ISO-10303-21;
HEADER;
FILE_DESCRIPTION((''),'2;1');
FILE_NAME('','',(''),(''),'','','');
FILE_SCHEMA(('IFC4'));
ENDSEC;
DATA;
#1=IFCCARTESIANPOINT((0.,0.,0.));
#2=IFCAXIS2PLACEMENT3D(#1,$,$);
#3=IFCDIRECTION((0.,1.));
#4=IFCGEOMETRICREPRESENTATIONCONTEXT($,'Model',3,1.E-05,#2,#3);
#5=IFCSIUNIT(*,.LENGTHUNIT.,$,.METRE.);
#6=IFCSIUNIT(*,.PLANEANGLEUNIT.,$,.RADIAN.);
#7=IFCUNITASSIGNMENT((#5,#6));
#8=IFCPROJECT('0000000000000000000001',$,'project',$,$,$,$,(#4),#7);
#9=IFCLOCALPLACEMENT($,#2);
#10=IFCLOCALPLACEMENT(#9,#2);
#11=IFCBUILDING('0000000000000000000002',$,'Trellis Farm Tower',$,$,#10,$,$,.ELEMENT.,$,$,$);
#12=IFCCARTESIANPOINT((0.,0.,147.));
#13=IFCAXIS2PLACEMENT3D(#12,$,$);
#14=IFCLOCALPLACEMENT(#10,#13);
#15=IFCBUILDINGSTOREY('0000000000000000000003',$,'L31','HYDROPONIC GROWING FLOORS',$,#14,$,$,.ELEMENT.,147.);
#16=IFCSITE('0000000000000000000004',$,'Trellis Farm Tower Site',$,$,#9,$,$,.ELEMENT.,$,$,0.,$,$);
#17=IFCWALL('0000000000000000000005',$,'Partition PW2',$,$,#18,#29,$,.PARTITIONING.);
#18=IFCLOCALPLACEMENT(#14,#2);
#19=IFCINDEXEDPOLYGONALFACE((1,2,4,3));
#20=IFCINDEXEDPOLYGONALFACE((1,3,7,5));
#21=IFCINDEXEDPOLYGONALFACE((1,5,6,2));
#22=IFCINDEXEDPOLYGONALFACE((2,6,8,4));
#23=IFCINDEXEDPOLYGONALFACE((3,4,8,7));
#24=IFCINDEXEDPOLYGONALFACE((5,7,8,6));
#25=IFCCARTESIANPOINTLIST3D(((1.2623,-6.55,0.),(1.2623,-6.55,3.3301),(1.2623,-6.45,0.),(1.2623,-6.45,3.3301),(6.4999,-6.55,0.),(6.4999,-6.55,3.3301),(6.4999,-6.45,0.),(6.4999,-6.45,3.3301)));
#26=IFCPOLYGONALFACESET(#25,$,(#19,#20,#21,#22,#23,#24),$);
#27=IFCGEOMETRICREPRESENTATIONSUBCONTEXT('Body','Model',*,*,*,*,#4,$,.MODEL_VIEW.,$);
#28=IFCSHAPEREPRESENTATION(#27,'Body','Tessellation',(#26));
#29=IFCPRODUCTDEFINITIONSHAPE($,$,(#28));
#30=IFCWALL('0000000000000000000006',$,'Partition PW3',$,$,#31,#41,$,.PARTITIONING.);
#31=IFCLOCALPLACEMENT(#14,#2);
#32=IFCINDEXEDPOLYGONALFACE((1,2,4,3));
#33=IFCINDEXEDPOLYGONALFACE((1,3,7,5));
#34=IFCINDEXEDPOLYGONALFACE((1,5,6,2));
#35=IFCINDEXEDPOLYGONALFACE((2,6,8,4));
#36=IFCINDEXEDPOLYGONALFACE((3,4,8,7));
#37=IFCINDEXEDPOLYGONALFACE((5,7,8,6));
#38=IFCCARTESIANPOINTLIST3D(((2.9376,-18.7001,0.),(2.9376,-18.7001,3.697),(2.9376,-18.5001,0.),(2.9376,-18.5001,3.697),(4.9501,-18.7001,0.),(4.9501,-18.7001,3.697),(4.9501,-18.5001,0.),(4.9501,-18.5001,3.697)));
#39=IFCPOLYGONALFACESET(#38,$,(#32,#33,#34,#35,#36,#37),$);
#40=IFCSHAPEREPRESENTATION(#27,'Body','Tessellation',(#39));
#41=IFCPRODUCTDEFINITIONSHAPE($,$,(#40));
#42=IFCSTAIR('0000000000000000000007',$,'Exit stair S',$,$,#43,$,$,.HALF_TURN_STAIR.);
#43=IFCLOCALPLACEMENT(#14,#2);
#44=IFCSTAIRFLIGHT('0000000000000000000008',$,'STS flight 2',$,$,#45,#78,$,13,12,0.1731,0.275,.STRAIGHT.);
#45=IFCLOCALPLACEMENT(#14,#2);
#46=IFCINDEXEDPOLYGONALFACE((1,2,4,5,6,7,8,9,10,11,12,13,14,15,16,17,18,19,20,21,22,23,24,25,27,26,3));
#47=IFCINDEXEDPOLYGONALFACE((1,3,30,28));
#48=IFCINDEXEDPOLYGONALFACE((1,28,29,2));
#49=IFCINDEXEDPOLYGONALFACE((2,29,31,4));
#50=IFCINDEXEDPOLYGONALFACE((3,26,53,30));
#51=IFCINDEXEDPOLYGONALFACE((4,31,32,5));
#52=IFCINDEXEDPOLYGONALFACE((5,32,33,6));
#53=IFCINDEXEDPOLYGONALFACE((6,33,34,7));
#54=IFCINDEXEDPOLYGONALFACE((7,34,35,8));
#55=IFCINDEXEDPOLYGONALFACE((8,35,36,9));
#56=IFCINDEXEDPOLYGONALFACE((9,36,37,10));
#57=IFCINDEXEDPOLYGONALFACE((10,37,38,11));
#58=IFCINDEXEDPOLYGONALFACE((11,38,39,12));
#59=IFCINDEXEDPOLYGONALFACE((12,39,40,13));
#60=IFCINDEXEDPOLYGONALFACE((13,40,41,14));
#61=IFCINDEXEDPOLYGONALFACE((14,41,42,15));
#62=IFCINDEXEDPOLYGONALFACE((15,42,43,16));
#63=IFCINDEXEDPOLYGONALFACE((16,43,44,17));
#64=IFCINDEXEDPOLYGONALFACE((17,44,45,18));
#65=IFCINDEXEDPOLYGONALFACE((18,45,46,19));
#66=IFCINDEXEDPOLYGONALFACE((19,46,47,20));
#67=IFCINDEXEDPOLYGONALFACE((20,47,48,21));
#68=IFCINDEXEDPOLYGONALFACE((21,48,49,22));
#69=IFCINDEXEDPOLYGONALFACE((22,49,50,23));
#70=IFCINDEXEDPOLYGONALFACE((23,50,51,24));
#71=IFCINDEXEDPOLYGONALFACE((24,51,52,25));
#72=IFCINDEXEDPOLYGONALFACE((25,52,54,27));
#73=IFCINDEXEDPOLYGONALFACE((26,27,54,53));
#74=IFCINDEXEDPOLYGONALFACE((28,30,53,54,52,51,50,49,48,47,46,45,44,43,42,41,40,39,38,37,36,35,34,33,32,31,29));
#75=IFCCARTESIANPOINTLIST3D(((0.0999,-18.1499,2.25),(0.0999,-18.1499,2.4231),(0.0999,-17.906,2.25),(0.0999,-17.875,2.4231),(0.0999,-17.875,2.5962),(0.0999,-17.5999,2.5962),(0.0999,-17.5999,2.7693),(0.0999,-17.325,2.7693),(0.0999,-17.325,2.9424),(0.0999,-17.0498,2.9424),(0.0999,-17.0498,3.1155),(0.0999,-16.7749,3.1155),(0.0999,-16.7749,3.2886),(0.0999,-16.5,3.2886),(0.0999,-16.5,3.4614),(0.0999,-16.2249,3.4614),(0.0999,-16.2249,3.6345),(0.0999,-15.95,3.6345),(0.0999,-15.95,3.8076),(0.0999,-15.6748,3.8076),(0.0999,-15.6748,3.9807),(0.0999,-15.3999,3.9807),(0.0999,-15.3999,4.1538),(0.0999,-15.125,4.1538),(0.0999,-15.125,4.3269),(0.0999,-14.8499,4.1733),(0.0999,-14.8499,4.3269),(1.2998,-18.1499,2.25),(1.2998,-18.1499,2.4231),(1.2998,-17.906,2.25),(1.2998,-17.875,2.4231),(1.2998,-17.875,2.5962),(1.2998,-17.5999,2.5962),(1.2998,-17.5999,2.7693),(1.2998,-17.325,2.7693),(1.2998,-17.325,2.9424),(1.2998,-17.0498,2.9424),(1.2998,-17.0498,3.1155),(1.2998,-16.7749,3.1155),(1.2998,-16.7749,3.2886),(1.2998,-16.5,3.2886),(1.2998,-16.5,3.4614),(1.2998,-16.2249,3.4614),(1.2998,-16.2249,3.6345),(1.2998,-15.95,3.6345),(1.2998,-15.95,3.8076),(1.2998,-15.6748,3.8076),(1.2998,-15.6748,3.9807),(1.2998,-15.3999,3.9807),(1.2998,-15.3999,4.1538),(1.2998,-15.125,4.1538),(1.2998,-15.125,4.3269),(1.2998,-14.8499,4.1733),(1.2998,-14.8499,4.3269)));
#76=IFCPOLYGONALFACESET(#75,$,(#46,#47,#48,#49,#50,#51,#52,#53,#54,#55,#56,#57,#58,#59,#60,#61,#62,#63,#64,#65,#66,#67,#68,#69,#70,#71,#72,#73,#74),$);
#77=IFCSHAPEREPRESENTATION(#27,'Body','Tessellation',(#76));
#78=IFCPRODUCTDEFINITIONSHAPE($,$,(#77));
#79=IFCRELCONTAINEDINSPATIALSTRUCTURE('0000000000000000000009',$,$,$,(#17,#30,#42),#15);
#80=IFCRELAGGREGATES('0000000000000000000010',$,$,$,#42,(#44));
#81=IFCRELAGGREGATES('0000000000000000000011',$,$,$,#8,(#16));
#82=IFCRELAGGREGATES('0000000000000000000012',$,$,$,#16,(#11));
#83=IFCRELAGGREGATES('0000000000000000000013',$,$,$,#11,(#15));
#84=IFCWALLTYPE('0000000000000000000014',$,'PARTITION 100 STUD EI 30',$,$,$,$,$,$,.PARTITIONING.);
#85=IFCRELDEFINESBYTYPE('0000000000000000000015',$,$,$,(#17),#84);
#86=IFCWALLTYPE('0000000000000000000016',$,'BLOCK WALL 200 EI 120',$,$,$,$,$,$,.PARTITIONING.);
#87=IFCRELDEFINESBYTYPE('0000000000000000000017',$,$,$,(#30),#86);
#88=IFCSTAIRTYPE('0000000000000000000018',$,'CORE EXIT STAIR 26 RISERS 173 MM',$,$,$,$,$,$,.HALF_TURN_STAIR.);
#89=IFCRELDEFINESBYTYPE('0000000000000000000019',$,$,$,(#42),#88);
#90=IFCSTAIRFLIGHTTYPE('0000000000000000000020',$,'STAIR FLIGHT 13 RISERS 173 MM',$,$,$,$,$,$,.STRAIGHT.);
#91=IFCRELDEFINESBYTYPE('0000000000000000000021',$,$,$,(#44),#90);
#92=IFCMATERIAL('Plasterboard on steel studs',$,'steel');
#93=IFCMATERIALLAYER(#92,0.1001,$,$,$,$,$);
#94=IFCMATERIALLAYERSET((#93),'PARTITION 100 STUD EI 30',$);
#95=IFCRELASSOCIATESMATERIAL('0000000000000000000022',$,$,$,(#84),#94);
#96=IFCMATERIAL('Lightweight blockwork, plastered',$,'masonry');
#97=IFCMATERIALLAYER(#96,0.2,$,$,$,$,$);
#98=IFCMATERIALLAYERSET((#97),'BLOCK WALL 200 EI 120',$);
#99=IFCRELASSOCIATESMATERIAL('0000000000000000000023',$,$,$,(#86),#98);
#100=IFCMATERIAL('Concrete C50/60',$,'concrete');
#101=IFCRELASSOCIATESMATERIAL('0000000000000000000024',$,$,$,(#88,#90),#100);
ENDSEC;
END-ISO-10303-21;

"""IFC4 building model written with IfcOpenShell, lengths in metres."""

from ifc_helpers import new_model, si_unit, direction, frame, frame_2d, origin, place, context, subcontext, project, spatial, polyline, rectangle, outline, extrude, source, transform, mapped, material, layer, layer_set, type_object, element, aggregate, save


model = new_model("IFC4")

# Units and contexts
model_context = context("Model", 3, precision=1e-05, world=origin(), true_north=direction((0.0, 1.0)))
body_context = subcontext(model_context, "Body", "Model", "MODEL_VIEW")
ifc_project = project(units=[si_unit("LENGTHUNIT", "METRE"), si_unit("PLANEANGLEUNIT", "RADIAN")], contexts=[model_context])

# Site, building, storey
site_placement = place(None, origin())
site = spatial("IfcSite", under=ifc_project, at=site_placement, Name="Trellis Farm Tower Site", CompositionType="ELEMENT", RefElevation=0.0)
building_placement = place(site_placement, origin())
building = spatial("IfcBuilding", under=site, at=building_placement, Name="Trellis Farm Tower", CompositionType="ELEMENT")
storey_placement = place(building_placement, frame((0.0, 0.0, 147.0)))
storey = spatial("IfcBuildingStorey", under=building, at=storey_placement, Name="L31", Description="HYDROPONIC GROWING FLOORS", CompositionType="ELEMENT", Elevation=147.0)

# Shared definitions
placement_1 = place(storey_placement, origin())

# Walls
ifc_material_1 = material(Name="Plasterboard on steel studs", Category="steel")
ifc_layer_1 = layer(ifc_material_1, 0.1001)
ifc_layer_set_1 = layer_set([ifc_layer_1], Name="PARTITION 100 STUD EI 30")
wall_type_1 = type_object("IfcWallType", Name="PARTITION 100 STUD EI 30", PredefinedType="PARTITIONING", material=ifc_layer_set_1)
shared_shape_1 = source(origin(), body_context, "Body", "SweptSolid", [
    extrude(rectangle(XDim=5.2375, YDim=0.1001, at=frame_2d((2.6187, 0.0))), origin(), (0.0, 0.0, 1.0), 3.3301),
])
wall_1_placement = place(storey_placement, frame((1.2625, -6.5, 0.0), z_axis=(0.0, 0.0, 1.0), x_axis=(1.0, 0.0, 0.0)))
element("IfcWall", 1, at=wall_1_placement, inside=storey, type_object=wall_type_1, Name="Partition PW2", PredefinedType="PARTITIONING", context=body_context, shape_type="MappedRepresentation", body=[
    mapped(shared_shape_1, transform((0.0, 0.0, 0.0))),
])
ifc_material_2 = material(Name="Lightweight blockwork, plastered", Category="masonry")
ifc_layer_2 = layer(ifc_material_2, 0.2)
ifc_layer_set_2 = layer_set([ifc_layer_2], Name="BLOCK WALL 200 EI 120")
wall_type_2 = type_object("IfcWallType", Name="BLOCK WALL 200 EI 120", PredefinedType="PARTITIONING", material=ifc_layer_set_2)
shared_shape_2 = source(origin(), body_context, "Body", "SweptSolid", [
    extrude(rectangle(XDim=2.0125, YDim=0.2, at=frame_2d((1.0063, 0.0))), origin(), (0.0, 0.0, 1.0), 3.697),
])
wall_2_placement = place(storey_placement, frame((2.9375, -18.6001, 0.0), z_axis=(0.0, 0.0, 1.0), x_axis=(1.0, 0.0, 0.0)))
element("IfcWall", 2, at=wall_2_placement, inside=storey, type_object=wall_type_2, Name="Partition PW3", PredefinedType="PARTITIONING", context=body_context, shape_type="MappedRepresentation", body=[
    mapped(shared_shape_2, transform((0.0, 0.0, 0.0))),
])

# Stair, stair flight
ifc_material_3 = material(Name="Concrete C50/60", Category="concrete")
stair_type = type_object("IfcStairType", Name="CORE EXIT STAIR 26 RISERS 173 MM", PredefinedType="HALF_TURN_STAIR", material=ifc_material_3)
stair = element("IfcStair", 3, at=placement_1, inside=storey, type_object=stair_type, Name="Exit stair S", PredefinedType="HALF_TURN_STAIR")
stair_flight_type = type_object("IfcStairFlightType", Name="STAIR FLIGHT 13 RISERS 173 MM", PredefinedType="STRAIGHT", material=ifc_material_3)
shared_shape_3 = source(origin(), body_context, "Body", "SweptSolid", [
    extrude(outline(polyline([(0.0, 0.0), (0.0, 0.1731), (0.2749, 0.1731), (0.2749, 0.3462), (0.55, 0.3462), (0.55, 0.5193), (0.825, 0.5193), (0.825, 0.6924), (1.1001, 0.6924), (1.1001, 0.8655), (1.375, 0.8655), (1.375, 1.0386), (1.6499, 1.0386), (1.6499, 1.2114), (1.925, 1.2114), (1.925, 1.3845), (2.2, 1.3845), (2.2, 1.5576), (2.4751, 1.5576), (2.4751, 1.7307), (2.75, 1.7307), (2.75, 1.9038), (3.0249, 1.9038), (3.0249, 2.0769), (3.3, 2.0769), (3.3, 2.25), (3.3, 1.9233), (0.2439, 0.0), (0.0, 0.0)])), frame((0.0, 0.6001, 0.0), z_axis=(0.0, -1.0, 0.0), x_axis=(1.0, 0.0, 0.0)), (0.0, 0.0, 1.0), 1.2),
])
stair_flight_placement = place(storey_placement, frame((0.7, -18.1499, 2.25), z_axis=(0.0, 0.0, 1.0), x_axis=(0.0, 1.0, 0.0)))
stair_flight = element("IfcStairFlight", 4, at=stair_flight_placement, type_object=stair_flight_type, Name="STS flight 2", NumberOfRisers=13, NumberOfTreads=12, PredefinedType="STRAIGHT", RiserHeight=0.1731, TreadLength=0.275, context=body_context, shape_type="MappedRepresentation", body=[
    mapped(shared_shape_3, transform((0.0, 0.0, 0.0))),
])
aggregate(stair, [stair_flight])

save(model, "model.ifc")
